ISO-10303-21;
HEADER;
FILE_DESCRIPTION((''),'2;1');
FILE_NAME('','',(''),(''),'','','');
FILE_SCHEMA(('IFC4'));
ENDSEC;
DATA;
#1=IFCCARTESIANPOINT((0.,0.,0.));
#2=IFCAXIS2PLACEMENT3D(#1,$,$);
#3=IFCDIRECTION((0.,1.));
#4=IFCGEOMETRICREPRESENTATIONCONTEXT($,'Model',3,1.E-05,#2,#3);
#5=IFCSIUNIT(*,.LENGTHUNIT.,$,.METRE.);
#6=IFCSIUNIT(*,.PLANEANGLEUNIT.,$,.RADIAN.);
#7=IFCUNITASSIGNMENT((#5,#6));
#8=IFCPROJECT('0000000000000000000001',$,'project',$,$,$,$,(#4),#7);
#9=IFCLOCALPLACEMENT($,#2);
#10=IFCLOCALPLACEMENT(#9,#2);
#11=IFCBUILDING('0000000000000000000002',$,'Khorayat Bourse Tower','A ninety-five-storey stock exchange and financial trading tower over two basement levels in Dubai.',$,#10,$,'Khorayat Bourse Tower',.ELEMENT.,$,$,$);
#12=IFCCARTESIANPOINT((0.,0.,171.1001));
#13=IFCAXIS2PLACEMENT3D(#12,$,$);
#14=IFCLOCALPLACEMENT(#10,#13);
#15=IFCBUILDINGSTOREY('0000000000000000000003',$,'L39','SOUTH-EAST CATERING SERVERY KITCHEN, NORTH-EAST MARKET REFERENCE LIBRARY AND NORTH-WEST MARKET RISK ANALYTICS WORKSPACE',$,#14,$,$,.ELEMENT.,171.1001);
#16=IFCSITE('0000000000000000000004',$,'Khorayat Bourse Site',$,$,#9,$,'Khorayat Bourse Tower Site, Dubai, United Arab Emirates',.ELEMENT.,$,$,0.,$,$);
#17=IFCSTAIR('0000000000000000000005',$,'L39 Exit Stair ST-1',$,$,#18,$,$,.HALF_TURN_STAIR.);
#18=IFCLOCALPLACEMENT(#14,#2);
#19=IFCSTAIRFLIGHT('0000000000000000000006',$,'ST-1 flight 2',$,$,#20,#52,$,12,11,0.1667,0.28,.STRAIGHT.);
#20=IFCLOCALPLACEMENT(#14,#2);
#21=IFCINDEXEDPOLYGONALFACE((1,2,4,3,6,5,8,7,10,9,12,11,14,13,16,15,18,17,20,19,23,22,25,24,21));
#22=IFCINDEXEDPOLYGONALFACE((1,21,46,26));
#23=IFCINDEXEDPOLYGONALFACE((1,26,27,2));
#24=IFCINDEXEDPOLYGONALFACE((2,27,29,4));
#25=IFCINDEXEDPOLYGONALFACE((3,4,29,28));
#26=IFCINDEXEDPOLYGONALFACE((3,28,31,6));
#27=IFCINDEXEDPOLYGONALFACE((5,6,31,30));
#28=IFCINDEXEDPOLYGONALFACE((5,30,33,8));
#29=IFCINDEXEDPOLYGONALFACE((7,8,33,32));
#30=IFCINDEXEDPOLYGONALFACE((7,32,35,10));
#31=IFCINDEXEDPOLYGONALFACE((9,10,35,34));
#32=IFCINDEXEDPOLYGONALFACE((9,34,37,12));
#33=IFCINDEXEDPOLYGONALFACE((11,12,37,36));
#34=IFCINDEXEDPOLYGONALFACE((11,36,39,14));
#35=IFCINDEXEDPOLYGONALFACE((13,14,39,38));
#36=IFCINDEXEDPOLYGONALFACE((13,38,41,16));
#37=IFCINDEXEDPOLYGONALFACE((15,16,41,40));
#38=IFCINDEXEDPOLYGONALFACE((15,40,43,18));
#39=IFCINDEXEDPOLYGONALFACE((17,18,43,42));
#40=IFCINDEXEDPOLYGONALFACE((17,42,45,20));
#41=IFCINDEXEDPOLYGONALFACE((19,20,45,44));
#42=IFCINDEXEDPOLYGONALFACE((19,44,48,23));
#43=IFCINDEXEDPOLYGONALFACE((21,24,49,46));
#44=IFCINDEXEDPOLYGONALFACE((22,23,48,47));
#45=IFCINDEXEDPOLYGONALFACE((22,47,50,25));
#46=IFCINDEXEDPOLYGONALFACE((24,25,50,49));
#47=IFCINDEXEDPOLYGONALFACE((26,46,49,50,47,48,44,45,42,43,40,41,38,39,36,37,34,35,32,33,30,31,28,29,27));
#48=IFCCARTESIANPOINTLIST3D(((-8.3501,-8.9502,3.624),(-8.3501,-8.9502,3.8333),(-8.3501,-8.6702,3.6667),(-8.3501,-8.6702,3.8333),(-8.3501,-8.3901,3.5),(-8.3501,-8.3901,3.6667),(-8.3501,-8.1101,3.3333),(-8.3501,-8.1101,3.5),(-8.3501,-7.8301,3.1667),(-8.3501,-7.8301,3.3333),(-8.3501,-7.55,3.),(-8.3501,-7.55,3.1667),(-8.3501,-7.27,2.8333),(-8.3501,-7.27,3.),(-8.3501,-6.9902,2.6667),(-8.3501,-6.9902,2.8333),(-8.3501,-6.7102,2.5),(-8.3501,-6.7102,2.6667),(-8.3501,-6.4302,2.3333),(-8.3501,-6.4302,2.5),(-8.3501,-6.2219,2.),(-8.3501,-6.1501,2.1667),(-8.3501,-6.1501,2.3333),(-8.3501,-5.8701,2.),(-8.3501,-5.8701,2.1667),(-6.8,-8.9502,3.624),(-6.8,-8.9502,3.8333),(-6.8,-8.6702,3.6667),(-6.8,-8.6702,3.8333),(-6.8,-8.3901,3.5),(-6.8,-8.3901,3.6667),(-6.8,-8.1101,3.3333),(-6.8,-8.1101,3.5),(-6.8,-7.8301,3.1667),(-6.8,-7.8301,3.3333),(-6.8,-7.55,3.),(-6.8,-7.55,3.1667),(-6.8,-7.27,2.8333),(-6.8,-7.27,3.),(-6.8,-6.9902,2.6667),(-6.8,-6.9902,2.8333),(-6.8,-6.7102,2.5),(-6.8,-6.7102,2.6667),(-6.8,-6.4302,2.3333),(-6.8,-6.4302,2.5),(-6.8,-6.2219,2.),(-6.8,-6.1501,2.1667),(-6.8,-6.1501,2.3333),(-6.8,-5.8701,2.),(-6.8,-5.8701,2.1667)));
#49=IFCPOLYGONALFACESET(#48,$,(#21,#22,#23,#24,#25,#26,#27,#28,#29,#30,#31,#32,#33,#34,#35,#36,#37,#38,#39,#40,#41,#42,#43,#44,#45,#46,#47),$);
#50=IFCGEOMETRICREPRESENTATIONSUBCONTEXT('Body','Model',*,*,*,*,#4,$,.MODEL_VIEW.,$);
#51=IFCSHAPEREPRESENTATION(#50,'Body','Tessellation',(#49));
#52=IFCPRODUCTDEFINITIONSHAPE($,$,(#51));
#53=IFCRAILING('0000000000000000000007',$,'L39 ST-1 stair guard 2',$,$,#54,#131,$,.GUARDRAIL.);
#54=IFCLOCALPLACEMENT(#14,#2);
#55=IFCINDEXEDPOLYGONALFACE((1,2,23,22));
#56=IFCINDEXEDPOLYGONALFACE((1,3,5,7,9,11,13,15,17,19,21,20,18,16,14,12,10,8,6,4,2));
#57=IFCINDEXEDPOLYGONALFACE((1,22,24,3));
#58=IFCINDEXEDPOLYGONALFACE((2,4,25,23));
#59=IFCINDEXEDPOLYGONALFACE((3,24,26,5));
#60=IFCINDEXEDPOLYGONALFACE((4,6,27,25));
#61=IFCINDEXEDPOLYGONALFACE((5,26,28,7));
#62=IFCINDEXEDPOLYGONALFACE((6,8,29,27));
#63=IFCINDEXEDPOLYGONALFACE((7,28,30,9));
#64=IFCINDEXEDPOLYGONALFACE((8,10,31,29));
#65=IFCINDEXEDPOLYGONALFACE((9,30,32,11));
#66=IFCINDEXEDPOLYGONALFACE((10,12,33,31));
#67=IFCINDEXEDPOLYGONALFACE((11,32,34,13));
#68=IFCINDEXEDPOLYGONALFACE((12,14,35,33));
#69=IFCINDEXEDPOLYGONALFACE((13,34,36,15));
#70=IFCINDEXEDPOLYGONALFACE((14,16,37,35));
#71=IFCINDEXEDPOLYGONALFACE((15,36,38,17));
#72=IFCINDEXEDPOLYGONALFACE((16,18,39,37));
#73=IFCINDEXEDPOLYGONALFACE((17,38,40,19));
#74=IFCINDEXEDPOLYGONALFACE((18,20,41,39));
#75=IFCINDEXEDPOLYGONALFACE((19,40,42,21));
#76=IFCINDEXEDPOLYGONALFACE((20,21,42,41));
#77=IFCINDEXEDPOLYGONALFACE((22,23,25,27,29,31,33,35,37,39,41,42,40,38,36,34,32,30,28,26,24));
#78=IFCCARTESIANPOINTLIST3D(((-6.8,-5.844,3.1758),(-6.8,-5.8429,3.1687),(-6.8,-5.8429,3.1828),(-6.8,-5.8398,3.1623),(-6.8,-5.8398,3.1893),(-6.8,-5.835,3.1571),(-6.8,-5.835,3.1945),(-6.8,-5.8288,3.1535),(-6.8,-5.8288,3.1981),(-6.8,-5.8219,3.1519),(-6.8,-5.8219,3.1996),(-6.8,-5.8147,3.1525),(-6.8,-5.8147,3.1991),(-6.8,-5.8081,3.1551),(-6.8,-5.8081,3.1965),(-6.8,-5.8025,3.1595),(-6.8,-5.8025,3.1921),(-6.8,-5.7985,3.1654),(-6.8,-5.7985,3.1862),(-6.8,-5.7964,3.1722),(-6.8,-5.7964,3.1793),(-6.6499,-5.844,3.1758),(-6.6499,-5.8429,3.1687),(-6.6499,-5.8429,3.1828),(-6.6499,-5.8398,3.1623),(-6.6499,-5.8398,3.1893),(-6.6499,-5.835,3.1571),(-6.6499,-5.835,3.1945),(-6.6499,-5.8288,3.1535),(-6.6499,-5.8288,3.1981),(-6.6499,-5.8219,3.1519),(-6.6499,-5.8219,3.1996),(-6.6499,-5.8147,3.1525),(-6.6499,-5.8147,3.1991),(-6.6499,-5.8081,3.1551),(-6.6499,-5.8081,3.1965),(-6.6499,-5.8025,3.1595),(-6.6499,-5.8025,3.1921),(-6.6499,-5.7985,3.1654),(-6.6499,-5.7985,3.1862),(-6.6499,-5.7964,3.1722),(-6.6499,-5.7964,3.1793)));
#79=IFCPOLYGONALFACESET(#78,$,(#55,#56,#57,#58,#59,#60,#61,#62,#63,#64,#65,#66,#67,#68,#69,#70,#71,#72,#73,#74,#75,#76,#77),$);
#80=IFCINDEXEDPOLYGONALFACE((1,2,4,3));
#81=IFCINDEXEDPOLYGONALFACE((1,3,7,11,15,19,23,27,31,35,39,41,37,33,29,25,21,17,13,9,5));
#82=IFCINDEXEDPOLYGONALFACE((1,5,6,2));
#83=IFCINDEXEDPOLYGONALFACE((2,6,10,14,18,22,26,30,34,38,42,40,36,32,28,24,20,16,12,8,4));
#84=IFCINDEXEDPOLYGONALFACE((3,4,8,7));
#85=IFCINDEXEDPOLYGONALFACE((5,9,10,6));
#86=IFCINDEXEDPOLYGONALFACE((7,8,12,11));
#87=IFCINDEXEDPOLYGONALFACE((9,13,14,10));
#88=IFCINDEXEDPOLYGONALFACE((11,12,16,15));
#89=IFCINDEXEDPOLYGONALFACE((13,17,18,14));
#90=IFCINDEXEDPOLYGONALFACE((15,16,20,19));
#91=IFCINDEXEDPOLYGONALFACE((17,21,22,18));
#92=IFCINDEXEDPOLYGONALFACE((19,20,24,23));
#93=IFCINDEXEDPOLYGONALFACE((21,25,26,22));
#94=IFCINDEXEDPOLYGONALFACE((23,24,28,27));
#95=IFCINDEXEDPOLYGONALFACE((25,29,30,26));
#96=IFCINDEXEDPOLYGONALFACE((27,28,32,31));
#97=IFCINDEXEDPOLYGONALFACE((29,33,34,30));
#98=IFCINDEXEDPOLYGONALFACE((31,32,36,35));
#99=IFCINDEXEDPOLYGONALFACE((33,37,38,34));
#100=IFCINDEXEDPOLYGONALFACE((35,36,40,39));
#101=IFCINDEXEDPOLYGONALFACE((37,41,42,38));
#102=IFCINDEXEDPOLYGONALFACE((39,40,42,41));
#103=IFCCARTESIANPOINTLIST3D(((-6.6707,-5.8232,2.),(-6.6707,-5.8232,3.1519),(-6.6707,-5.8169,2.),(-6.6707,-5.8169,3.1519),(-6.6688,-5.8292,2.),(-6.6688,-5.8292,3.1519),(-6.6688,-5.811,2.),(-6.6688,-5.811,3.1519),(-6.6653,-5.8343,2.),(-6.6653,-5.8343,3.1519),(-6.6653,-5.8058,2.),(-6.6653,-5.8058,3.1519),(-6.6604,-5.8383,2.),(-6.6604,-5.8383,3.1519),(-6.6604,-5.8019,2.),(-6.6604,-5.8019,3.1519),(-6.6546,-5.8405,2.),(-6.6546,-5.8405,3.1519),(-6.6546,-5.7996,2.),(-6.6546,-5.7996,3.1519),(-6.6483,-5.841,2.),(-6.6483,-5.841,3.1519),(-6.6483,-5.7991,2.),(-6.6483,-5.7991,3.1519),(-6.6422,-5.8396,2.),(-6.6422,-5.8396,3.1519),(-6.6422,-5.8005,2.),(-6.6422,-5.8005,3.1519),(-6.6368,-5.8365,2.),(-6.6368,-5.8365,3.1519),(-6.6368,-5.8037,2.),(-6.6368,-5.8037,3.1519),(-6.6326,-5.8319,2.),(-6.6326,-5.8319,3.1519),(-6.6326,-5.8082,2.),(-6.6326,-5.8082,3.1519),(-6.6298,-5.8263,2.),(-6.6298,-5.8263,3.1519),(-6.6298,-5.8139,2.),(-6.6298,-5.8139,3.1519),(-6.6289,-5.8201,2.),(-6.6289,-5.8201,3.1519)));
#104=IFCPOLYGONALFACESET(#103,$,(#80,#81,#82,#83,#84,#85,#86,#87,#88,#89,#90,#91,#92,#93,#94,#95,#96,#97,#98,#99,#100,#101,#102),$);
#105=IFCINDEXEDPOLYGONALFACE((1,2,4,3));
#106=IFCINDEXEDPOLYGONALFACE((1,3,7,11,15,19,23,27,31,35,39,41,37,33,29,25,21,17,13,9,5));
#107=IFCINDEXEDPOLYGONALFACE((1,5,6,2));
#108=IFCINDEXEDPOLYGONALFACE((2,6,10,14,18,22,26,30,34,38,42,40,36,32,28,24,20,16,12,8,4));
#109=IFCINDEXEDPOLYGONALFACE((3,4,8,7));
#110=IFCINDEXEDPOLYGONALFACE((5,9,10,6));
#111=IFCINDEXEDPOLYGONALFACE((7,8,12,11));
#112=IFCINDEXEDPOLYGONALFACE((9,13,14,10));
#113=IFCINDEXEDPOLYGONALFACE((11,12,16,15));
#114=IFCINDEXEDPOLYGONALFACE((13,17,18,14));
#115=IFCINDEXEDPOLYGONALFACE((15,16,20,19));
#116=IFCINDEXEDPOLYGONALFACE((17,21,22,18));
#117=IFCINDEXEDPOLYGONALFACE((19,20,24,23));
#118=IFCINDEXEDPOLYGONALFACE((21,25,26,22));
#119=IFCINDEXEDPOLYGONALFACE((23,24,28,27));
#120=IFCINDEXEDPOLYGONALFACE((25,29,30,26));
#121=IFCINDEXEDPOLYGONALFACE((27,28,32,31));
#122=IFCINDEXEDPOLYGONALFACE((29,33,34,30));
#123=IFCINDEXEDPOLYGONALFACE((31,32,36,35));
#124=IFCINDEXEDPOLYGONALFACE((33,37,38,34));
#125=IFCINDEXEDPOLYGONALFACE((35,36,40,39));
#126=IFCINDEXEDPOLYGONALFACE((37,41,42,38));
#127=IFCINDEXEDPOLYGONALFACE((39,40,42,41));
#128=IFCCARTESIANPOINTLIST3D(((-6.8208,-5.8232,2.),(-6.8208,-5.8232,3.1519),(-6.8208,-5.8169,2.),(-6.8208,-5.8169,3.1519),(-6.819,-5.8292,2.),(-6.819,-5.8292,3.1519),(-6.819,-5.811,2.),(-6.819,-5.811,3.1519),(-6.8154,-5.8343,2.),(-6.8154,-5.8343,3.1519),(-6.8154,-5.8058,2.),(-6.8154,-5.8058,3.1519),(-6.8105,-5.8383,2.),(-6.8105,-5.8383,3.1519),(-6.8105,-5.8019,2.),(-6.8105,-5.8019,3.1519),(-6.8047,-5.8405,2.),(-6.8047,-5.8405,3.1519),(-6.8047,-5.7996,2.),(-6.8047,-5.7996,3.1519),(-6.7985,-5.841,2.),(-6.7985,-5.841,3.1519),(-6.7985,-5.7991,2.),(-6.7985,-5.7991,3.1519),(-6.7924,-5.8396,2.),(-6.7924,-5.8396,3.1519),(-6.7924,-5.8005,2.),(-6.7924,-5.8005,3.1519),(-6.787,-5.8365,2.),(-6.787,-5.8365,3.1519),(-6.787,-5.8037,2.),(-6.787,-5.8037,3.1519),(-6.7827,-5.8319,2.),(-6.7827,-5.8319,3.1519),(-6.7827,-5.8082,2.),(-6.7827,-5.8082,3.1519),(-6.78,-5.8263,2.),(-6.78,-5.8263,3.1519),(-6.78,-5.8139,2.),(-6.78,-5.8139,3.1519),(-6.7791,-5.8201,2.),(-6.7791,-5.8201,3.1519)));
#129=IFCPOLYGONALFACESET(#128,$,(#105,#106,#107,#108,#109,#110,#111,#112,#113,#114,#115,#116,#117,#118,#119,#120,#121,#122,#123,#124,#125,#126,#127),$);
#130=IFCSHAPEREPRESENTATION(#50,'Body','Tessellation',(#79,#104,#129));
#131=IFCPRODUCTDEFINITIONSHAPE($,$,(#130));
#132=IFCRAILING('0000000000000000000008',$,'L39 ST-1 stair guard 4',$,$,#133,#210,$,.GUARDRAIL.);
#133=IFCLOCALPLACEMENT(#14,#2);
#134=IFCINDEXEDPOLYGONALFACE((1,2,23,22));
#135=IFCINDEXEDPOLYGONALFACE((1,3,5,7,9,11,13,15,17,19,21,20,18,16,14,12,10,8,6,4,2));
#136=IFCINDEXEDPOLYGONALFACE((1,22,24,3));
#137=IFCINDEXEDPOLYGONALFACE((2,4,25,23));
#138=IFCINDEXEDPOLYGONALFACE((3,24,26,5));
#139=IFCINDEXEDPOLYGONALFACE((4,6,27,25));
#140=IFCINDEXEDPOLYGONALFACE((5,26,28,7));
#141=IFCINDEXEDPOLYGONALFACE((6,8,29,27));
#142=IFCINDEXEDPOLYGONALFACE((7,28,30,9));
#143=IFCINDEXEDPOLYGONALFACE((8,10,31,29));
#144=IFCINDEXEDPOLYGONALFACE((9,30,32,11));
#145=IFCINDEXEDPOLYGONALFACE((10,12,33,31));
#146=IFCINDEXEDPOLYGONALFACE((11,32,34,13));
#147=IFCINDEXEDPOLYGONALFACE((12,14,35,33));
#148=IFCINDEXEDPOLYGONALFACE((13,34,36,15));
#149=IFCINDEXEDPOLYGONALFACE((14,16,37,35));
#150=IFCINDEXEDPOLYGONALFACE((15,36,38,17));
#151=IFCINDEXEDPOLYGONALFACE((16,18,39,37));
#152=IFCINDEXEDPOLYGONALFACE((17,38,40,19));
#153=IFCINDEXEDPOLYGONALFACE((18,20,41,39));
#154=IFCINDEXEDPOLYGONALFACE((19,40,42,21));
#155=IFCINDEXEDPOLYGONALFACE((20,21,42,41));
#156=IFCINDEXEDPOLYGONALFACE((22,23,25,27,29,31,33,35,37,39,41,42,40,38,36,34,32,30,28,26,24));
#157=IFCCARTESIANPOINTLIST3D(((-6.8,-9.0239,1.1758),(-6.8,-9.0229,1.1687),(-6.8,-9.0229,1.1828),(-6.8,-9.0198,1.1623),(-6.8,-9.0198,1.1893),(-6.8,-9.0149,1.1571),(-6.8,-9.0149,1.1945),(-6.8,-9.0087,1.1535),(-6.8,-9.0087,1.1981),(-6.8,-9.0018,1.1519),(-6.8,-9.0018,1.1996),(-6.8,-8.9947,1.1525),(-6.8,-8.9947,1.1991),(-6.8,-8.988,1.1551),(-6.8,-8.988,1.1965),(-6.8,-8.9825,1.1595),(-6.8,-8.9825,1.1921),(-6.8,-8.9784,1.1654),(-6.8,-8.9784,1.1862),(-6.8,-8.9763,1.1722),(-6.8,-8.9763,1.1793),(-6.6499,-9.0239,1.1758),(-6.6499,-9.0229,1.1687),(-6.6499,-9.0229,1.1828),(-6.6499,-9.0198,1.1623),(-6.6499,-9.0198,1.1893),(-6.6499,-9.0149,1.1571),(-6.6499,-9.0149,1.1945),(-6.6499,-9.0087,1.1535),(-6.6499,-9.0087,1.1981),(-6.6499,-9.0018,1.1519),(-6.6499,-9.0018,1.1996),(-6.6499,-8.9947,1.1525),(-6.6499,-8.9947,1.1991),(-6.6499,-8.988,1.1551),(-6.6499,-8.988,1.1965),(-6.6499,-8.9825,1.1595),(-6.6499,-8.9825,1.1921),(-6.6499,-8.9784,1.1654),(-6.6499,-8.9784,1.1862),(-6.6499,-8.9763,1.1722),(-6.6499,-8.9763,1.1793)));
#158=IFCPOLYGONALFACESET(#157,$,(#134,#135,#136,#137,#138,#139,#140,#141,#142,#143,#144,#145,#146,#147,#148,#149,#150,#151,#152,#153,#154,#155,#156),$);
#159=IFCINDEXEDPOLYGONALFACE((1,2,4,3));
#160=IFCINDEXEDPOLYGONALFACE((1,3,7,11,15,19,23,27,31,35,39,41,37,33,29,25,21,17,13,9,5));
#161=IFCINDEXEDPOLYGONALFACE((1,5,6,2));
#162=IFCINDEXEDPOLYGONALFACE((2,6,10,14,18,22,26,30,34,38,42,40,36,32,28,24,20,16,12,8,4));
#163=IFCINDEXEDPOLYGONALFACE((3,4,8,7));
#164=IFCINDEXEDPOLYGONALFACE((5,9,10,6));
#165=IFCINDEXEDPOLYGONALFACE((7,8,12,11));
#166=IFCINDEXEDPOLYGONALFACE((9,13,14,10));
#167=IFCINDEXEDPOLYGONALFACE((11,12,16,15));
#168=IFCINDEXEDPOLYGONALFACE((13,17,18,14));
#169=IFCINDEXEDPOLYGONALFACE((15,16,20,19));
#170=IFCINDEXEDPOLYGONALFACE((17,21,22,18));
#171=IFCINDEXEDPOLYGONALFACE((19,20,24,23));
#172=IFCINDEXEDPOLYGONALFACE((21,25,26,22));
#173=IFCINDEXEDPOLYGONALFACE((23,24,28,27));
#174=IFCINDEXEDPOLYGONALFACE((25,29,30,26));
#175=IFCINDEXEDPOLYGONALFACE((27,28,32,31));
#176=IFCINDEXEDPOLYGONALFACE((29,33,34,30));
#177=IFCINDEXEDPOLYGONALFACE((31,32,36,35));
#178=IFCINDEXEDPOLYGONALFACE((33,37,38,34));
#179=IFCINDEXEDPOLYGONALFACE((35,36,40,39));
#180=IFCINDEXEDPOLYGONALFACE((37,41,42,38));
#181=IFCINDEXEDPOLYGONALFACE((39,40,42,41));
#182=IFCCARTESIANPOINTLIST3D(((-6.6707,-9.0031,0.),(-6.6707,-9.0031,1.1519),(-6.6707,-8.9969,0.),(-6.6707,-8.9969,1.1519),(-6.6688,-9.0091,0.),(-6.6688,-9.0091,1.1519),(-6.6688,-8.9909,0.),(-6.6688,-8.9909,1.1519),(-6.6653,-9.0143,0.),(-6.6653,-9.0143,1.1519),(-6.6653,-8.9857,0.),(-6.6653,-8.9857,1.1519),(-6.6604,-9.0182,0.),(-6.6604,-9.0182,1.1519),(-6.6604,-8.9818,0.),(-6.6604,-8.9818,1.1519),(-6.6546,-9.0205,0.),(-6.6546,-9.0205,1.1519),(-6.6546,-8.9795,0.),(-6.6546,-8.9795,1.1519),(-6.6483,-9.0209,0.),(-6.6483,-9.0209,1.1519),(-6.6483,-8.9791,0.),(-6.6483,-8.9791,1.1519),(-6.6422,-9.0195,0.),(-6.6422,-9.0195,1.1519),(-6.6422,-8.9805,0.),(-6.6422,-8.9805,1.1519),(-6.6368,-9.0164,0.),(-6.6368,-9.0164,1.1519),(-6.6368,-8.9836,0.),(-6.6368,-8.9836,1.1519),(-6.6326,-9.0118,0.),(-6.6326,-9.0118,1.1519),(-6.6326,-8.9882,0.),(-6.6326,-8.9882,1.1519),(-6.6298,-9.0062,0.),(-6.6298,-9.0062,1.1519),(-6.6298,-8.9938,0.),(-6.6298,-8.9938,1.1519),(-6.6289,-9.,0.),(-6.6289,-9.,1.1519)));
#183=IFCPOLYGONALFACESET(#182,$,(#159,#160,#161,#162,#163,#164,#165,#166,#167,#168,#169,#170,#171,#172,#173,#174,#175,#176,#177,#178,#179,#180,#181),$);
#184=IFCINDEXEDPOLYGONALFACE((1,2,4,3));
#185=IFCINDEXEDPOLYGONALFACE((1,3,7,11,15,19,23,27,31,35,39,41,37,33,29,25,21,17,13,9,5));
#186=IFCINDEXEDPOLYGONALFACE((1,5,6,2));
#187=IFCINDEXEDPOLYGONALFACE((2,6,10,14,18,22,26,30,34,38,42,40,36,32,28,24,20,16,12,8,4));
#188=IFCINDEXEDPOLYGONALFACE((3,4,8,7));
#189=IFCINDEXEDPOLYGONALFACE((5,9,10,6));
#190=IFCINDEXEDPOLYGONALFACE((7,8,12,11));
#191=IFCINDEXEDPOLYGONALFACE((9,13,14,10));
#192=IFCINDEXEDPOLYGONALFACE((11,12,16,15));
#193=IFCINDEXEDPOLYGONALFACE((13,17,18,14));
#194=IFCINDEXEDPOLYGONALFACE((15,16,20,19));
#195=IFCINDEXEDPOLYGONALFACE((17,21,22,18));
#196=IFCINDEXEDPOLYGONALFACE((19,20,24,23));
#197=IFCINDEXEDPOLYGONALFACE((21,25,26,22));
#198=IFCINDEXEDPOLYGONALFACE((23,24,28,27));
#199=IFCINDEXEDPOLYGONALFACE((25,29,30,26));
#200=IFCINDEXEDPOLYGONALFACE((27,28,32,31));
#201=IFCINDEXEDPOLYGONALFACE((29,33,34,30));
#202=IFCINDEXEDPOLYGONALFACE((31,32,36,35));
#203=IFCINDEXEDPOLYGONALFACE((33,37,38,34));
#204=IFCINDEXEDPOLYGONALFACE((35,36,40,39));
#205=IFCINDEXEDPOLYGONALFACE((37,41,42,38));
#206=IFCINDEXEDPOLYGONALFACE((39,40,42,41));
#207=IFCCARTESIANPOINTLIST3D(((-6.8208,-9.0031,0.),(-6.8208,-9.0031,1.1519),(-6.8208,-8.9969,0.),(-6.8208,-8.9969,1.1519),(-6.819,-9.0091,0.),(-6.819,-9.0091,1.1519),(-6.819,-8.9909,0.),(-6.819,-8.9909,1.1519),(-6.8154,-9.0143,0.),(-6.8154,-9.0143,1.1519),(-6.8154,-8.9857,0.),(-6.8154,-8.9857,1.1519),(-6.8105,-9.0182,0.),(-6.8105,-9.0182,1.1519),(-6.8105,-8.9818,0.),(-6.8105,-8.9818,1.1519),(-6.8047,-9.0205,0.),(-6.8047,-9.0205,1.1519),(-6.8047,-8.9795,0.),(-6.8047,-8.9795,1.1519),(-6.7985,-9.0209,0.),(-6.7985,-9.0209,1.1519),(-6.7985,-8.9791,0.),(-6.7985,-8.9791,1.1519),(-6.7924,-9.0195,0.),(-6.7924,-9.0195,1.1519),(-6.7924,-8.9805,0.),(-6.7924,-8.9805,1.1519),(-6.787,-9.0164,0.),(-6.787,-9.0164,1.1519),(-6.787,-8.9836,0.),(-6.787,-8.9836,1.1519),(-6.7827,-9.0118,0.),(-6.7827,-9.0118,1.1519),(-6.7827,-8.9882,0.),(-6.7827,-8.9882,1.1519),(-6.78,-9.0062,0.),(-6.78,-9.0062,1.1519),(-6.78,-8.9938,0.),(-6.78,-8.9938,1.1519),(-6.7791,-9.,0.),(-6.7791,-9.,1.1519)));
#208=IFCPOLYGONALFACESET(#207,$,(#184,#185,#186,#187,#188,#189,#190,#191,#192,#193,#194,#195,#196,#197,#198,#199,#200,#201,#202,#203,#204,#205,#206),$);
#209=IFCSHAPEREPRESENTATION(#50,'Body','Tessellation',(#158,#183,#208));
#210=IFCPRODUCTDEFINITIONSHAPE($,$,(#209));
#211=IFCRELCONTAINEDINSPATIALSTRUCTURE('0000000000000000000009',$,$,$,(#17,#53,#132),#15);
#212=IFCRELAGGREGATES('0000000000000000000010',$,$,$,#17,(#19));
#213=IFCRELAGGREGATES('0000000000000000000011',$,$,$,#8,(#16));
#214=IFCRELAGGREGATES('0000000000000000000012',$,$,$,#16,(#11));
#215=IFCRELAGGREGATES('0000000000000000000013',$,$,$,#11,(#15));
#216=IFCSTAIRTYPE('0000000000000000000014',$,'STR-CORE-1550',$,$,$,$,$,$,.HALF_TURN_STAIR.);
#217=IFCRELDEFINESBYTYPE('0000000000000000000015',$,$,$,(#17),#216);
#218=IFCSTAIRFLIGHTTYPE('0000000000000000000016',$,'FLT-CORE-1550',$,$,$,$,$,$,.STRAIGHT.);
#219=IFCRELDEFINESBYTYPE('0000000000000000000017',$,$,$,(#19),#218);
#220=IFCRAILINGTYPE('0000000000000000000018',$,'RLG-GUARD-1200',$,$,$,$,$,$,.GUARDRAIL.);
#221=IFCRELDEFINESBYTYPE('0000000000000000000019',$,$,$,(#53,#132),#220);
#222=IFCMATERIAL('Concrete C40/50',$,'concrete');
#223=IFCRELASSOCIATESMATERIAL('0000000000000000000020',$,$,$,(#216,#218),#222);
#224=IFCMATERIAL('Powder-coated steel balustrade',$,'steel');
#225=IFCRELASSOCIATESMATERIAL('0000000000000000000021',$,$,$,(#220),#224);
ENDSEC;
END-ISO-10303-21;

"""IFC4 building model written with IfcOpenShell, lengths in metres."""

from ifc_helpers import new_model, si_unit, direction, frame, origin, origin_2d, place, context, subcontext, project, spatial, polyline, circle, outline, extrude, source, transform, mapped, material, type_object, element, aggregate, save


model = new_model("IFC4")

# Units and contexts
model_context = context("Model", 3, precision=1e-05, world=origin(), true_north=direction((0.0, 1.0)))
body_context = subcontext(model_context, "Body", "Model", "MODEL_VIEW")
ifc_project = project(units=[si_unit("LENGTHUNIT", "METRE"), si_unit("PLANEANGLEUNIT", "RADIAN")], contexts=[model_context])

# Site, building, storey
site_placement = place(None, origin())
site = spatial("IfcSite", under=ifc_project, at=site_placement, Name="Khorayat Bourse Site", LongName="Khorayat Bourse Tower Site, Dubai, United Arab Emirates", CompositionType="ELEMENT", RefElevation=0.0)
building_placement = place(site_placement, origin())
building = spatial("IfcBuilding", under=site, at=building_placement, Name="Khorayat Bourse Tower", Description="A ninety-five-storey stock exchange and financial trading tower over two basement levels in Dubai.", LongName="Khorayat Bourse Tower", CompositionType="ELEMENT")
storey_placement = place(building_placement, frame((0.0, 0.0, 171.1001)))
storey = spatial("IfcBuildingStorey", under=building, at=storey_placement, Name="L39", Description="SOUTH-EAST CATERING SERVERY KITCHEN, NORTH-EAST MARKET REFERENCE LIBRARY AND NORTH-WEST MARKET RISK ANALYTICS WORKSPACE", CompositionType="ELEMENT", Elevation=171.1001)

# Stair, stair flight
ifc_material_1 = material(Name="Concrete C40/50", Category="concrete")
stair_type = type_object("IfcStairType", Name="STR-CORE-1550", PredefinedType="HALF_TURN_STAIR", material=ifc_material_1)
stair_placement = place(storey_placement, origin())
stair = element("IfcStair", 1, at=stair_placement, inside=storey, type_object=stair_type, Name="L39 Exit Stair ST-1", PredefinedType="HALF_TURN_STAIR")
stair_flight_type = type_object("IfcStairFlightType", Name="FLT-CORE-1550", PredefinedType="STRAIGHT", material=ifc_material_1)
shared_shape_1 = source(origin(), body_context, "Body", "SweptSolid", [
    extrude(outline(polyline([(0.0, 0.0), (0.0, 0.1667), (0.28, 0.1667), (0.28, 0.3333), (0.5601, 0.3333), (0.5601, 0.5), (0.8401, 0.5), (0.8401, 0.6667), (1.1201, 0.6667), (1.1201, 0.8333), (1.3999, 0.8333), (1.3999, 1.0), (1.6799, 1.0), (1.6799, 1.1667), (1.96, 1.1667), (1.96, 1.3333), (2.24, 1.3333), (2.24, 1.5), (2.52, 1.5), (2.52, 1.6667), (2.8, 1.6667), (2.8, 1.8333), (3.0801, 1.8333), (3.0801, 2.0), (3.0801, 1.624), (0.3518, 0.0), (0.0, 0.0)])), frame((0.0, 0.7749, 0.0), z_axis=(0.0, -1.0, 0.0), x_axis=(1.0, 0.0, 0.0)), (0.0, 0.0, 1.0), 1.55),
])
stair_flight_1_placement = place(storey_placement, frame((-7.575, -5.8701, 2.0), z_axis=(0.0, 0.0, 1.0), x_axis=(0.0, -1.0, 0.0)))
stair_flight_1 = element("IfcStairFlight", 2, at=stair_flight_1_placement, type_object=stair_flight_type, Name="ST-1 flight 2", NumberOfRisers=12, NumberOfTreads=11, PredefinedType="STRAIGHT", RiserHeight=0.1667, TreadLength=0.28, context=body_context, shape_type="MappedRepresentation", body=[
    mapped(shared_shape_1, transform((0.0, 0.0, 0.0), scale=1.0)),
])
aggregate(stair, [stair_flight_1])

# Railings
ifc_material_2 = material(Name="Powder-coated steel balustrade", Category="steel")
railing_type_1 = type_object("IfcRailingType", Name="RLG-GUARD-1200", PredefinedType="GUARDRAIL", material=ifc_material_2)
shared_shape_2 = source(origin(), body_context, "Body", "SweptSolid", [
    extrude(circle(Radius=0.0239, at=origin_2d()), frame((0.0, 0.0, 1.1758), z_axis=(-1.0, 0.0, 0.0), x_axis=(0.0, -1.0, 0.0)), (0.0, 0.0, 1.0), 0.1501),
    extrude(circle(Radius=0.021, at=origin_2d()), origin(), (0.0, 0.0, 1.0), 1.1519),
    extrude(circle(Radius=0.021, at=origin_2d()), frame((-0.1501, 0.0, 0.0)), (0.0, 0.0, 1.0), 1.1519),
])
for number, where, name in (
    (3, (-6.6499, -5.8201, 2.0), "L39 ST-1 stair guard 2"),
    (4, (-6.6499, -9.0, 0.0), "L39 ST-1 stair guard 4"),
):
    element("IfcRailing", number, at=place(storey_placement, frame(where)), inside=storey, type_object=railing_type_1, Name=name, PredefinedType="GUARDRAIL", context=body_context, shape_type="MappedRepresentation", body=[
        mapped(shared_shape_2, transform((0.0, 0.0, 0.0), scale=1.0)),
    ])

save(model, "model.ifc")
